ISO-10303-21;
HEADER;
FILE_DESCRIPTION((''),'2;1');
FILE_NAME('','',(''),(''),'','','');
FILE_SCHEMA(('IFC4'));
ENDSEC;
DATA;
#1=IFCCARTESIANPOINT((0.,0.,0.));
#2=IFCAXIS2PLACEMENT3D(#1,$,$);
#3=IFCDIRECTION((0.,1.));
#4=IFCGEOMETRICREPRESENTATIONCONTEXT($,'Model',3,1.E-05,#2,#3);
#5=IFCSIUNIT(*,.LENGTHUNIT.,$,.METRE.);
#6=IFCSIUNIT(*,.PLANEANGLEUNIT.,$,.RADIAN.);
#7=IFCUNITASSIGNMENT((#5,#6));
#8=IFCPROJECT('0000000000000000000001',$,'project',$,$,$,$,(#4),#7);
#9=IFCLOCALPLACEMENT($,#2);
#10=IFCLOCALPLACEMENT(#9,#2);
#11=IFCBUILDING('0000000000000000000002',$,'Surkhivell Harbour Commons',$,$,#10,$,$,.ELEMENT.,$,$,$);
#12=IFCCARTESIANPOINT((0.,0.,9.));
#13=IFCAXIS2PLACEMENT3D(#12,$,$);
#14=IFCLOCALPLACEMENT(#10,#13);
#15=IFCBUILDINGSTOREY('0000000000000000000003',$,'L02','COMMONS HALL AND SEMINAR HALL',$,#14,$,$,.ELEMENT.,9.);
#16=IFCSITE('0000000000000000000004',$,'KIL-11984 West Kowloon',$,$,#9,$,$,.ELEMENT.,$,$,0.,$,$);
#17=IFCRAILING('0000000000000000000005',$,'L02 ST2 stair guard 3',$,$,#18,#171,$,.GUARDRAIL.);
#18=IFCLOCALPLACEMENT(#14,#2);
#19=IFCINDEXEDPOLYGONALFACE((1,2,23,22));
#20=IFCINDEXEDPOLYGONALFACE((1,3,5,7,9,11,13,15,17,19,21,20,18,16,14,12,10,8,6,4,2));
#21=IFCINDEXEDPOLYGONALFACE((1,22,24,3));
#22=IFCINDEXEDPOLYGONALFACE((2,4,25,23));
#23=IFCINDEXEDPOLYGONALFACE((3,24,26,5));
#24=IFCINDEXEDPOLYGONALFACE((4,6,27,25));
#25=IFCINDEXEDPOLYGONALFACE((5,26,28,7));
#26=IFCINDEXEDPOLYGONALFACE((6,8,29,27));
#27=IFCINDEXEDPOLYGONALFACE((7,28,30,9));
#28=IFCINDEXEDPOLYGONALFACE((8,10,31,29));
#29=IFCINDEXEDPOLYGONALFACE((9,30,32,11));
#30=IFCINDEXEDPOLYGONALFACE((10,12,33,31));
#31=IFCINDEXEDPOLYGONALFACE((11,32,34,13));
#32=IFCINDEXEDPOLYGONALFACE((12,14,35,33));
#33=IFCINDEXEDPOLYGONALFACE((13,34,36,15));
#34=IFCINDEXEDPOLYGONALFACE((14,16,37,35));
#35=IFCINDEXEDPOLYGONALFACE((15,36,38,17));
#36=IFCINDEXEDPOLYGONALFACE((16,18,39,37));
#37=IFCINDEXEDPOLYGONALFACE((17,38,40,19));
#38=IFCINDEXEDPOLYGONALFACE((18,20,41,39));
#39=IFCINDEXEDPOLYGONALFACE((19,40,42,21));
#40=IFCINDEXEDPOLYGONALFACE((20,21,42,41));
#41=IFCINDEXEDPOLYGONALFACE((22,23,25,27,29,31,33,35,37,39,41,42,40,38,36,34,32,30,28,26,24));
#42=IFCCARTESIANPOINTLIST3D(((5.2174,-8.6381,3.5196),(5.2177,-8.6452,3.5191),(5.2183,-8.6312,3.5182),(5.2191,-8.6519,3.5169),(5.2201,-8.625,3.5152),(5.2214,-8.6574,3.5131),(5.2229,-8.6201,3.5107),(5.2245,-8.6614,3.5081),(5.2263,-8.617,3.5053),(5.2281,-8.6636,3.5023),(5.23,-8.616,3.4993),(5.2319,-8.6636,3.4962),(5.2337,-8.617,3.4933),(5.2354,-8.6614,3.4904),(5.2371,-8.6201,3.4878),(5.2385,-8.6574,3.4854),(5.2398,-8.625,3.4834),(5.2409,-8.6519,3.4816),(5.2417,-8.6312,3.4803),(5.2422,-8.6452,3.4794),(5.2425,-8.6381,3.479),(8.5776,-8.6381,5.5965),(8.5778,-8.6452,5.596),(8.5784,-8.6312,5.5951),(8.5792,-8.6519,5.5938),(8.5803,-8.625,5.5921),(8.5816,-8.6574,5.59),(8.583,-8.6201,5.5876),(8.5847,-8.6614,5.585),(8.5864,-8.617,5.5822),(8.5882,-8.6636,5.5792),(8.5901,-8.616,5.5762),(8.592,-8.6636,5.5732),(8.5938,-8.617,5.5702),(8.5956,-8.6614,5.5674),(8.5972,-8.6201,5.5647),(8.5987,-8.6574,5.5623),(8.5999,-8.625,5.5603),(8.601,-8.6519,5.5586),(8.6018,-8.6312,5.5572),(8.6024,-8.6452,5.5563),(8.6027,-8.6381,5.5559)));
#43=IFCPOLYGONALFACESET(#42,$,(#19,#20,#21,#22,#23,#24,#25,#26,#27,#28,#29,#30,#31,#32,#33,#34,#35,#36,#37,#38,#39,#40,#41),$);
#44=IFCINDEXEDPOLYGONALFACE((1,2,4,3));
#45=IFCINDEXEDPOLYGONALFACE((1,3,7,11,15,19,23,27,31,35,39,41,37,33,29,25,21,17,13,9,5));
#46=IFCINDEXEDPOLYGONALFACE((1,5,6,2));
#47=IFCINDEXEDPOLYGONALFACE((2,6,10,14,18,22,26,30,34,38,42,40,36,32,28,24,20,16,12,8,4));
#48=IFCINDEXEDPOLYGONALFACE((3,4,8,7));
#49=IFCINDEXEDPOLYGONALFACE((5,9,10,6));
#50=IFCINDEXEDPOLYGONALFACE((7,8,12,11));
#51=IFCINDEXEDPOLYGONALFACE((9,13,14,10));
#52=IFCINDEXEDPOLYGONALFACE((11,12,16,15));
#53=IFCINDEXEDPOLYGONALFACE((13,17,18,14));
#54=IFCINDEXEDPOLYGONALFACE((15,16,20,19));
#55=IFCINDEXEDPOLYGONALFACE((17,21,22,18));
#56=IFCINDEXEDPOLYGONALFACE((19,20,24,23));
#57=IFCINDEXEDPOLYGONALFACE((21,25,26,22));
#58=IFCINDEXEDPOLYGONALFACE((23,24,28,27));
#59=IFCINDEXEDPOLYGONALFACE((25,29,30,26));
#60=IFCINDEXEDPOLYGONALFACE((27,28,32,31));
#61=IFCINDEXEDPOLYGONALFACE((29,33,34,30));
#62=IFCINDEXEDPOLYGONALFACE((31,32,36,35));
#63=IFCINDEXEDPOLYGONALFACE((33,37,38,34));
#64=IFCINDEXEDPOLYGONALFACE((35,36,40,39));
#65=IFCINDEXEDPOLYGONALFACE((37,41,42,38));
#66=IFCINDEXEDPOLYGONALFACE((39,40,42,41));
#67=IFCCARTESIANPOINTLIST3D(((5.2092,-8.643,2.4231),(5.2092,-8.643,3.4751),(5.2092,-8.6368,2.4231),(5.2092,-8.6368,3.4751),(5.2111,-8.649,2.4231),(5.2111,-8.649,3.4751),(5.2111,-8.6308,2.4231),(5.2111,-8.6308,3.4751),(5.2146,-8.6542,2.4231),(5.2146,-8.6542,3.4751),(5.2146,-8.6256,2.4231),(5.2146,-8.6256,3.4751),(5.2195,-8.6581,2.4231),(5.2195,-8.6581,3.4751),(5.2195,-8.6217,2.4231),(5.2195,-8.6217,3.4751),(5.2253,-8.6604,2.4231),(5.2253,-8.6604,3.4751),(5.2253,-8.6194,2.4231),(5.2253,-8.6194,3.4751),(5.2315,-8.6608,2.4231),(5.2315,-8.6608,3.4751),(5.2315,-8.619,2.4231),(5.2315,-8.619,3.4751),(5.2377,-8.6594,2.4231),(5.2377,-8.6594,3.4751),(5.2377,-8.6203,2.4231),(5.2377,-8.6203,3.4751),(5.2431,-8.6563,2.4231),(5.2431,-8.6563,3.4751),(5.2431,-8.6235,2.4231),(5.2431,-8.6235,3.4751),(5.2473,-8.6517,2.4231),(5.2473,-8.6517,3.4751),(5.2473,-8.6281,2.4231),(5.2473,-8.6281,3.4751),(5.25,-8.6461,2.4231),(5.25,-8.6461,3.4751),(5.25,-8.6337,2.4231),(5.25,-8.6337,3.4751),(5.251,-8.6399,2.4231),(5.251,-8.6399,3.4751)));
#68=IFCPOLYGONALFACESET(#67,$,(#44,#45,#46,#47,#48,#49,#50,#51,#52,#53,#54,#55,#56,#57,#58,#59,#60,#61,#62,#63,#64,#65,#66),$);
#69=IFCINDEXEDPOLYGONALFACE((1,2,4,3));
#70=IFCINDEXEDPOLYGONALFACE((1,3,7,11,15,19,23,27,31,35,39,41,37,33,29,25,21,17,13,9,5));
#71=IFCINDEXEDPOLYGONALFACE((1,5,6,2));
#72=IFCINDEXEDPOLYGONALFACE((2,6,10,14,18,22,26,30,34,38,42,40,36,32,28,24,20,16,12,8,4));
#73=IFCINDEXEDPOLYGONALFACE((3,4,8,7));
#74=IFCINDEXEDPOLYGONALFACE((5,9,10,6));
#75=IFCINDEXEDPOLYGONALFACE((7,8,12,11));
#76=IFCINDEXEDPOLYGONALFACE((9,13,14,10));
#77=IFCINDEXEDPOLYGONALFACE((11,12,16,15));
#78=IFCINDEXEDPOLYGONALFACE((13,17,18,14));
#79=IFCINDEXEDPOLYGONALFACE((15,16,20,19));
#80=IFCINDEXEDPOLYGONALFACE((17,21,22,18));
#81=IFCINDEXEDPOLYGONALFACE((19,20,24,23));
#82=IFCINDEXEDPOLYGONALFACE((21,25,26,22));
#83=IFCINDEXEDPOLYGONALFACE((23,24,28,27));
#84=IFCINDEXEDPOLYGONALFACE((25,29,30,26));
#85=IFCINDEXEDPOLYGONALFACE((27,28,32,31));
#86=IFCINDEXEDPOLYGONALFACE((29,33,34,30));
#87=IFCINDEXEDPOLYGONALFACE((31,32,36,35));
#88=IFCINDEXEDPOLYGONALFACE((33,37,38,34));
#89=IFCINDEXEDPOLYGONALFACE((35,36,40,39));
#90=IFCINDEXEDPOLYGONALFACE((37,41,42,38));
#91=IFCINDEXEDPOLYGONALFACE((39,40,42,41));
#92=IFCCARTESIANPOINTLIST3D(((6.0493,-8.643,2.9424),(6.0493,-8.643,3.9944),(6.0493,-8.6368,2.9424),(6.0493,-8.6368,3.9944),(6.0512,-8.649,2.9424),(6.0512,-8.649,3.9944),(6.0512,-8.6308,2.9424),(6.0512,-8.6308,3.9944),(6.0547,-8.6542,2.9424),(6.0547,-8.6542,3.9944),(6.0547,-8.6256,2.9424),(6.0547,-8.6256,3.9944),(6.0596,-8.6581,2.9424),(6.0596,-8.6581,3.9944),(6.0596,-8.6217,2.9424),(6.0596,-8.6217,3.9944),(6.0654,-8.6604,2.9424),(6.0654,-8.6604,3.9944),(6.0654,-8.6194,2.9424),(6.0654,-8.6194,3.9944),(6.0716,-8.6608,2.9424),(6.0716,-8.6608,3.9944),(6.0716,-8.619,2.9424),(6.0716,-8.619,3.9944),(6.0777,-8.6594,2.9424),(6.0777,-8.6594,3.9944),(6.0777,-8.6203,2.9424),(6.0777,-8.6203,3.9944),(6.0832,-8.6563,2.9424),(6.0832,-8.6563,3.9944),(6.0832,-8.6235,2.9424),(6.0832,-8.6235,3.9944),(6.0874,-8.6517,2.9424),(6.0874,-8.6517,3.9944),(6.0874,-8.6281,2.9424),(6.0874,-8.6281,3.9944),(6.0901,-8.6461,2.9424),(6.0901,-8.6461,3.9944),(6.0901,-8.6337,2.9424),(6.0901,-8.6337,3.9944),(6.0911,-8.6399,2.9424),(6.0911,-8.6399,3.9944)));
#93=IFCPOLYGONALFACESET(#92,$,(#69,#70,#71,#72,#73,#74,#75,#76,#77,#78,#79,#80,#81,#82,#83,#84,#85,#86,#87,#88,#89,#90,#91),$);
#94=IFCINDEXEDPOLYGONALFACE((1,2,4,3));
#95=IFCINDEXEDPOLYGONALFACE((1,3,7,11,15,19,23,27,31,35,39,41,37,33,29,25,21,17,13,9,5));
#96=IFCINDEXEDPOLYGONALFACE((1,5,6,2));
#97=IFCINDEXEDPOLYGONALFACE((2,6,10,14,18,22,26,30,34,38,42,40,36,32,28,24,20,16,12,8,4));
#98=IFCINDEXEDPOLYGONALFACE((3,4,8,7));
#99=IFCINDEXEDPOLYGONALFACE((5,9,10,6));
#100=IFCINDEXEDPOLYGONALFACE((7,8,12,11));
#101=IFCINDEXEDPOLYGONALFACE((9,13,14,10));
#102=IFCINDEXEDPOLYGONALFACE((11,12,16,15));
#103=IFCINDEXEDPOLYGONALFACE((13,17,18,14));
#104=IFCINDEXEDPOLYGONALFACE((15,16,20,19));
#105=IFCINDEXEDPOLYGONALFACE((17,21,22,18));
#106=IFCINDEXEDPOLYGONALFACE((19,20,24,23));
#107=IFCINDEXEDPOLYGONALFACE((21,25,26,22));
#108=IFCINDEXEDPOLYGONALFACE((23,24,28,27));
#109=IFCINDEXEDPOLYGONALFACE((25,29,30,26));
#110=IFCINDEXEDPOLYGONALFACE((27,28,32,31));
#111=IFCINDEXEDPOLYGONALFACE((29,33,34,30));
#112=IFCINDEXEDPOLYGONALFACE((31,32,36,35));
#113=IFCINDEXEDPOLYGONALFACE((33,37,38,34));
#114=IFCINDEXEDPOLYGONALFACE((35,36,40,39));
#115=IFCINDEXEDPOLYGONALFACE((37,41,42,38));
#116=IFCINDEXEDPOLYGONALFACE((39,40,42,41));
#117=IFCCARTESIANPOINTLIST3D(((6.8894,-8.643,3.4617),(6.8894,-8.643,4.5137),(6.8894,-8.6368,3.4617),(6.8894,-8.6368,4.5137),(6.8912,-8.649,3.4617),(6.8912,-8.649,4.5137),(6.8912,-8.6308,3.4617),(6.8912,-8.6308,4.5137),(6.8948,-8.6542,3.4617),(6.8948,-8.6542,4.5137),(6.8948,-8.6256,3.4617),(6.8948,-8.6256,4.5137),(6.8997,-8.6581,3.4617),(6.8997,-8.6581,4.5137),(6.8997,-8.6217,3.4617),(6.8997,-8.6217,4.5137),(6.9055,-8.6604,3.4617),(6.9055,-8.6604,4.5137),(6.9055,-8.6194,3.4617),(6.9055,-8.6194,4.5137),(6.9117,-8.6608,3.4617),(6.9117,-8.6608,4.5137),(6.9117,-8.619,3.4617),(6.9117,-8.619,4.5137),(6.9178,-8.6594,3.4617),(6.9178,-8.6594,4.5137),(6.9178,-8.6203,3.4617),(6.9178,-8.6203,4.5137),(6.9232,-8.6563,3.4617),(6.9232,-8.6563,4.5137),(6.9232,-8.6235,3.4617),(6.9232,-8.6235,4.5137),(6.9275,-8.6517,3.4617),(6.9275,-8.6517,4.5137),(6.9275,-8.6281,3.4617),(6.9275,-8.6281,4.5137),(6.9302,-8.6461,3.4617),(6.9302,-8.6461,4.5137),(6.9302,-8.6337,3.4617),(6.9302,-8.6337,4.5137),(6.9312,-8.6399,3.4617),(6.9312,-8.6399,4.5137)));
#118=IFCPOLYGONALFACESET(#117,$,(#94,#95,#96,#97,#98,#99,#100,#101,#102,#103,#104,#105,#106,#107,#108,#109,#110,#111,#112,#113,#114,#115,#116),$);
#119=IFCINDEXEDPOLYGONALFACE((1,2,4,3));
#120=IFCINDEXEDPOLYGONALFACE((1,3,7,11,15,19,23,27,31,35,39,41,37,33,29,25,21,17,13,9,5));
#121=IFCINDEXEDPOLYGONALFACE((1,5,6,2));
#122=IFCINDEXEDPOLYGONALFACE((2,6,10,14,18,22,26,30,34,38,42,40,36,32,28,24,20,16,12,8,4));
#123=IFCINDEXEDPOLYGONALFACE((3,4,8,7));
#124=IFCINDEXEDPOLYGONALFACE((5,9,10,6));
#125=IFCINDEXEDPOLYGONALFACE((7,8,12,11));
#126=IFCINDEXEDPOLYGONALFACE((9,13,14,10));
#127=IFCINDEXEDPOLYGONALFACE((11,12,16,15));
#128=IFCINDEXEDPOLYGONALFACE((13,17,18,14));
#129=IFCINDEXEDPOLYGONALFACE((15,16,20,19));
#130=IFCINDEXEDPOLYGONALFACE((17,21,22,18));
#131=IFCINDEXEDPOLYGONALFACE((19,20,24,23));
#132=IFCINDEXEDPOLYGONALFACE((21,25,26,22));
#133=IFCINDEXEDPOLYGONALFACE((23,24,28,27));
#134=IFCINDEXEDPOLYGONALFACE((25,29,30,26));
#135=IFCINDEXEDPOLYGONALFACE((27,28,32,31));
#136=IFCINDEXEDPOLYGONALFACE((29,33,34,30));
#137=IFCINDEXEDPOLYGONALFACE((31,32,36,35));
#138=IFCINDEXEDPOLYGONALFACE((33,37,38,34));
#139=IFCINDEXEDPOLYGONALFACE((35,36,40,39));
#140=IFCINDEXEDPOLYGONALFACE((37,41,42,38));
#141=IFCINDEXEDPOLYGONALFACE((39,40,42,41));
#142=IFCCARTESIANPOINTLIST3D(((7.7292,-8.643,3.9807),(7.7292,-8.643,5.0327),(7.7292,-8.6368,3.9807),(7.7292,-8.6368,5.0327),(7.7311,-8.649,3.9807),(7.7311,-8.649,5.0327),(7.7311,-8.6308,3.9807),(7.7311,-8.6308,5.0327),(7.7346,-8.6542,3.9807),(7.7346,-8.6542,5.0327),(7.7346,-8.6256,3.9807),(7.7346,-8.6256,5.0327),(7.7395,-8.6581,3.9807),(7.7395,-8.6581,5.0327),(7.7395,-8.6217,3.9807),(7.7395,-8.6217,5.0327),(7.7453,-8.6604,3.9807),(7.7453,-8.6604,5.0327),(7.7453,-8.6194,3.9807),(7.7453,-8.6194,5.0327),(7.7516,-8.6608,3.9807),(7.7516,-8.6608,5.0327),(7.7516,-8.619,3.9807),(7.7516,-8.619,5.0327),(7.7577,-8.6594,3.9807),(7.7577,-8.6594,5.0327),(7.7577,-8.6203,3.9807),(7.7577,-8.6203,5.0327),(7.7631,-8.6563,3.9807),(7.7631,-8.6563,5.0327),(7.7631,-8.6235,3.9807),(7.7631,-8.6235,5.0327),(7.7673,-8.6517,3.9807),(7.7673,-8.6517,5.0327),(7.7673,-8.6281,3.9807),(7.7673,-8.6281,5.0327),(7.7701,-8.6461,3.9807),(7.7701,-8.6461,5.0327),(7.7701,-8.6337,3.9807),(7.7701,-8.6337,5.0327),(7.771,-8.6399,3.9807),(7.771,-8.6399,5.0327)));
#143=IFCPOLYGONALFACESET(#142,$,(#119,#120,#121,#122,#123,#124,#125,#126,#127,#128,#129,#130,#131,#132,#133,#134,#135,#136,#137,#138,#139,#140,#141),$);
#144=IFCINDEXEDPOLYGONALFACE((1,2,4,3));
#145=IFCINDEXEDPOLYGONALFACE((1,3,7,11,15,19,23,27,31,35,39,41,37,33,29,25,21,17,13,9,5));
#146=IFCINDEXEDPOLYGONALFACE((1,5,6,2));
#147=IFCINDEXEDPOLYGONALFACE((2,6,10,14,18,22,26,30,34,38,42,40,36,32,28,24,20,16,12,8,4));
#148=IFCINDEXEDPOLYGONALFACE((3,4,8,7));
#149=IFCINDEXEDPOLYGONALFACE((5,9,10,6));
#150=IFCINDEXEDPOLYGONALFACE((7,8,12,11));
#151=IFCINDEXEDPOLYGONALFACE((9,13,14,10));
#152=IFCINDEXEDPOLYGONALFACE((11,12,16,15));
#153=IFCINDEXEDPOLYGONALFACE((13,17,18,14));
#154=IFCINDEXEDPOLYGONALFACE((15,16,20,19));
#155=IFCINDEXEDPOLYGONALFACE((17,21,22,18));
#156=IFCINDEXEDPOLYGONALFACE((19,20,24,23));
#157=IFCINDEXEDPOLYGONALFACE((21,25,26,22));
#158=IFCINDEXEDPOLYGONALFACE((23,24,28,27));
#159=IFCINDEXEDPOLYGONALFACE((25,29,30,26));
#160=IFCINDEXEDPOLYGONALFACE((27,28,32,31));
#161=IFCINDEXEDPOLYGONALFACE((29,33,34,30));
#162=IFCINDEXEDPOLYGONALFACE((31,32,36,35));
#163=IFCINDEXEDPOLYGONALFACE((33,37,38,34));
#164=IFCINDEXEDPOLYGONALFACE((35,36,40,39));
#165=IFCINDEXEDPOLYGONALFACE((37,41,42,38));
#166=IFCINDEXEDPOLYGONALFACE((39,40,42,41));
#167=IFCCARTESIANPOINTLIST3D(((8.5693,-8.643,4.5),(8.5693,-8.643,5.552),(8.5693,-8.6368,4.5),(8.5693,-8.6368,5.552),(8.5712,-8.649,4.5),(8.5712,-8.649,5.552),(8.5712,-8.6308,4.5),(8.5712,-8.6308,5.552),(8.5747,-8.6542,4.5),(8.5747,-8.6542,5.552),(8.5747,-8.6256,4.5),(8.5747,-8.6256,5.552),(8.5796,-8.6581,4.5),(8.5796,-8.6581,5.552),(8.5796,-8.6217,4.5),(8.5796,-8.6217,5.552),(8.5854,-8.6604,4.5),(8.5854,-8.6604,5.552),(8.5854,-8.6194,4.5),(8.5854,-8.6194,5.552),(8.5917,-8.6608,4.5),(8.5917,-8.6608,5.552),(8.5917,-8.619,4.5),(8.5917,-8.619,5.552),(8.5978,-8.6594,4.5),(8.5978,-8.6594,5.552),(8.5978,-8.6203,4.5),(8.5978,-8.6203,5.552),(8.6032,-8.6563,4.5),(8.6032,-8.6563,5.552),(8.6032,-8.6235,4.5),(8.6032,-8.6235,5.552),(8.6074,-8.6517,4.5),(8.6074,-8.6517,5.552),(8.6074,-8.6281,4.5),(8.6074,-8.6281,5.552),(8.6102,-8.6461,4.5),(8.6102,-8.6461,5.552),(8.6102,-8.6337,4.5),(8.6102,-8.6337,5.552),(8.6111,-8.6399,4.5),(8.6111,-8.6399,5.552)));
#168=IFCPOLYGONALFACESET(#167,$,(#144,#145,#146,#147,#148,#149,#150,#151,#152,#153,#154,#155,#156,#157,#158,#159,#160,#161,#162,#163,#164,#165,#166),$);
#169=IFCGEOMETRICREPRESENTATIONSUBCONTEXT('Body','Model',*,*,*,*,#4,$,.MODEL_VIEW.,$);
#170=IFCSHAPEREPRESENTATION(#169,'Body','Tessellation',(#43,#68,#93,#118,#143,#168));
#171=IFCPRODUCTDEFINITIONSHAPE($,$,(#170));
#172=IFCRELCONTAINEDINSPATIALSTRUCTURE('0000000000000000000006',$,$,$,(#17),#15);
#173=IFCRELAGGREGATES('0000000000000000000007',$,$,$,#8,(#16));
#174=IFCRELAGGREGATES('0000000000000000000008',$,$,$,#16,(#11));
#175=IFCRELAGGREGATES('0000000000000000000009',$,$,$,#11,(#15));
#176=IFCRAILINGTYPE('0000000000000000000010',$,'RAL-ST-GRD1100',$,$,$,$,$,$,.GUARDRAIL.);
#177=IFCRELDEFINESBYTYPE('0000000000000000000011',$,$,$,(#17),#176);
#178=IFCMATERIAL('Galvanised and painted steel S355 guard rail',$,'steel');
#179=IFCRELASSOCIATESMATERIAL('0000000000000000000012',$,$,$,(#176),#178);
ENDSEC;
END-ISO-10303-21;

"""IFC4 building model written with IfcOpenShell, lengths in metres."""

from ifc_helpers import new_model, si_unit, direction, frame, origin, origin_2d, place, context, subcontext, project, spatial, circle, extrude, material, type_object, element, save


model = new_model("IFC4")

# Units and contexts
model_context = context("Model", 3, precision=1e-05, world=origin(), true_north=direction((0.0, 1.0)))
body_context = subcontext(model_context, "Body", "Model", "MODEL_VIEW")
ifc_project = project(units=[si_unit("LENGTHUNIT", "METRE"), si_unit("PLANEANGLEUNIT", "RADIAN")], contexts=[model_context])

# Site, building, storey
site_placement = place(None, origin())
site = spatial("IfcSite", under=ifc_project, at=site_placement, Name="KIL-11984 West Kowloon", CompositionType="ELEMENT", RefElevation=0.0)
building_placement = place(site_placement, origin())
building = spatial("IfcBuilding", under=site, at=building_placement, Name="Surkhivell Harbour Commons", CompositionType="ELEMENT")
storey_placement = place(building_placement, frame((0.0, 0.0, 9.0)))
storey = spatial("IfcBuildingStorey", under=building, at=storey_placement, Name="L02", Description="COMMONS HALL AND SEMINAR HALL", CompositionType="ELEMENT", Elevation=9.0)

# Railing
ifc_material_1 = material(Name="Galvanised and painted steel S355 guard rail", Category="steel")
railing_type_1 = type_object("IfcRailingType", Name="RAL-ST-GRD1100", PredefinedType="GUARDRAIL", material=ifc_material_1)
railing_1_placement = place(storey_placement, frame((5.23, -8.6399, 2.4231)))
element("IfcRailing", 1, at=railing_1_placement, inside=storey, type_object=railing_type_1, Name="L02 ST2 stair guard 3", PredefinedType="GUARDRAIL", context=body_context, shape_type="SweptSolid", body=[
    extrude(circle(Radius=0.0239, at=origin_2d()), frame((0.0, 0.0, 1.0762), z_axis=(0.850623, 0.0, 0.525776), x_axis=(0.0, 1.0, 0.0)), (0.0, 0.0, 1.0), 3.9502),
    extrude(circle(Radius=0.021, at=origin_2d()), origin(), (0.0, 0.0, 1.0), 1.052),
    extrude(circle(Radius=0.021, at=origin_2d()), frame((0.8401, 0.0, 0.5193)), (0.0, 0.0, 1.0), 1.052),
    extrude(circle(Radius=0.021, at=origin_2d()), frame((1.6802, 0.0, 1.0386)), (0.0, 0.0, 1.0), 1.052),
    extrude(circle(Radius=0.021, at=origin_2d()), frame((2.52, 0.0, 1.5576)), (0.0, 0.0, 1.0), 1.052),
    extrude(circle(Radius=0.021, at=origin_2d()), frame((3.3601, 0.0, 2.0769)), (0.0, 0.0, 1.0), 1.052),
])

save(model, "model.ifc")
